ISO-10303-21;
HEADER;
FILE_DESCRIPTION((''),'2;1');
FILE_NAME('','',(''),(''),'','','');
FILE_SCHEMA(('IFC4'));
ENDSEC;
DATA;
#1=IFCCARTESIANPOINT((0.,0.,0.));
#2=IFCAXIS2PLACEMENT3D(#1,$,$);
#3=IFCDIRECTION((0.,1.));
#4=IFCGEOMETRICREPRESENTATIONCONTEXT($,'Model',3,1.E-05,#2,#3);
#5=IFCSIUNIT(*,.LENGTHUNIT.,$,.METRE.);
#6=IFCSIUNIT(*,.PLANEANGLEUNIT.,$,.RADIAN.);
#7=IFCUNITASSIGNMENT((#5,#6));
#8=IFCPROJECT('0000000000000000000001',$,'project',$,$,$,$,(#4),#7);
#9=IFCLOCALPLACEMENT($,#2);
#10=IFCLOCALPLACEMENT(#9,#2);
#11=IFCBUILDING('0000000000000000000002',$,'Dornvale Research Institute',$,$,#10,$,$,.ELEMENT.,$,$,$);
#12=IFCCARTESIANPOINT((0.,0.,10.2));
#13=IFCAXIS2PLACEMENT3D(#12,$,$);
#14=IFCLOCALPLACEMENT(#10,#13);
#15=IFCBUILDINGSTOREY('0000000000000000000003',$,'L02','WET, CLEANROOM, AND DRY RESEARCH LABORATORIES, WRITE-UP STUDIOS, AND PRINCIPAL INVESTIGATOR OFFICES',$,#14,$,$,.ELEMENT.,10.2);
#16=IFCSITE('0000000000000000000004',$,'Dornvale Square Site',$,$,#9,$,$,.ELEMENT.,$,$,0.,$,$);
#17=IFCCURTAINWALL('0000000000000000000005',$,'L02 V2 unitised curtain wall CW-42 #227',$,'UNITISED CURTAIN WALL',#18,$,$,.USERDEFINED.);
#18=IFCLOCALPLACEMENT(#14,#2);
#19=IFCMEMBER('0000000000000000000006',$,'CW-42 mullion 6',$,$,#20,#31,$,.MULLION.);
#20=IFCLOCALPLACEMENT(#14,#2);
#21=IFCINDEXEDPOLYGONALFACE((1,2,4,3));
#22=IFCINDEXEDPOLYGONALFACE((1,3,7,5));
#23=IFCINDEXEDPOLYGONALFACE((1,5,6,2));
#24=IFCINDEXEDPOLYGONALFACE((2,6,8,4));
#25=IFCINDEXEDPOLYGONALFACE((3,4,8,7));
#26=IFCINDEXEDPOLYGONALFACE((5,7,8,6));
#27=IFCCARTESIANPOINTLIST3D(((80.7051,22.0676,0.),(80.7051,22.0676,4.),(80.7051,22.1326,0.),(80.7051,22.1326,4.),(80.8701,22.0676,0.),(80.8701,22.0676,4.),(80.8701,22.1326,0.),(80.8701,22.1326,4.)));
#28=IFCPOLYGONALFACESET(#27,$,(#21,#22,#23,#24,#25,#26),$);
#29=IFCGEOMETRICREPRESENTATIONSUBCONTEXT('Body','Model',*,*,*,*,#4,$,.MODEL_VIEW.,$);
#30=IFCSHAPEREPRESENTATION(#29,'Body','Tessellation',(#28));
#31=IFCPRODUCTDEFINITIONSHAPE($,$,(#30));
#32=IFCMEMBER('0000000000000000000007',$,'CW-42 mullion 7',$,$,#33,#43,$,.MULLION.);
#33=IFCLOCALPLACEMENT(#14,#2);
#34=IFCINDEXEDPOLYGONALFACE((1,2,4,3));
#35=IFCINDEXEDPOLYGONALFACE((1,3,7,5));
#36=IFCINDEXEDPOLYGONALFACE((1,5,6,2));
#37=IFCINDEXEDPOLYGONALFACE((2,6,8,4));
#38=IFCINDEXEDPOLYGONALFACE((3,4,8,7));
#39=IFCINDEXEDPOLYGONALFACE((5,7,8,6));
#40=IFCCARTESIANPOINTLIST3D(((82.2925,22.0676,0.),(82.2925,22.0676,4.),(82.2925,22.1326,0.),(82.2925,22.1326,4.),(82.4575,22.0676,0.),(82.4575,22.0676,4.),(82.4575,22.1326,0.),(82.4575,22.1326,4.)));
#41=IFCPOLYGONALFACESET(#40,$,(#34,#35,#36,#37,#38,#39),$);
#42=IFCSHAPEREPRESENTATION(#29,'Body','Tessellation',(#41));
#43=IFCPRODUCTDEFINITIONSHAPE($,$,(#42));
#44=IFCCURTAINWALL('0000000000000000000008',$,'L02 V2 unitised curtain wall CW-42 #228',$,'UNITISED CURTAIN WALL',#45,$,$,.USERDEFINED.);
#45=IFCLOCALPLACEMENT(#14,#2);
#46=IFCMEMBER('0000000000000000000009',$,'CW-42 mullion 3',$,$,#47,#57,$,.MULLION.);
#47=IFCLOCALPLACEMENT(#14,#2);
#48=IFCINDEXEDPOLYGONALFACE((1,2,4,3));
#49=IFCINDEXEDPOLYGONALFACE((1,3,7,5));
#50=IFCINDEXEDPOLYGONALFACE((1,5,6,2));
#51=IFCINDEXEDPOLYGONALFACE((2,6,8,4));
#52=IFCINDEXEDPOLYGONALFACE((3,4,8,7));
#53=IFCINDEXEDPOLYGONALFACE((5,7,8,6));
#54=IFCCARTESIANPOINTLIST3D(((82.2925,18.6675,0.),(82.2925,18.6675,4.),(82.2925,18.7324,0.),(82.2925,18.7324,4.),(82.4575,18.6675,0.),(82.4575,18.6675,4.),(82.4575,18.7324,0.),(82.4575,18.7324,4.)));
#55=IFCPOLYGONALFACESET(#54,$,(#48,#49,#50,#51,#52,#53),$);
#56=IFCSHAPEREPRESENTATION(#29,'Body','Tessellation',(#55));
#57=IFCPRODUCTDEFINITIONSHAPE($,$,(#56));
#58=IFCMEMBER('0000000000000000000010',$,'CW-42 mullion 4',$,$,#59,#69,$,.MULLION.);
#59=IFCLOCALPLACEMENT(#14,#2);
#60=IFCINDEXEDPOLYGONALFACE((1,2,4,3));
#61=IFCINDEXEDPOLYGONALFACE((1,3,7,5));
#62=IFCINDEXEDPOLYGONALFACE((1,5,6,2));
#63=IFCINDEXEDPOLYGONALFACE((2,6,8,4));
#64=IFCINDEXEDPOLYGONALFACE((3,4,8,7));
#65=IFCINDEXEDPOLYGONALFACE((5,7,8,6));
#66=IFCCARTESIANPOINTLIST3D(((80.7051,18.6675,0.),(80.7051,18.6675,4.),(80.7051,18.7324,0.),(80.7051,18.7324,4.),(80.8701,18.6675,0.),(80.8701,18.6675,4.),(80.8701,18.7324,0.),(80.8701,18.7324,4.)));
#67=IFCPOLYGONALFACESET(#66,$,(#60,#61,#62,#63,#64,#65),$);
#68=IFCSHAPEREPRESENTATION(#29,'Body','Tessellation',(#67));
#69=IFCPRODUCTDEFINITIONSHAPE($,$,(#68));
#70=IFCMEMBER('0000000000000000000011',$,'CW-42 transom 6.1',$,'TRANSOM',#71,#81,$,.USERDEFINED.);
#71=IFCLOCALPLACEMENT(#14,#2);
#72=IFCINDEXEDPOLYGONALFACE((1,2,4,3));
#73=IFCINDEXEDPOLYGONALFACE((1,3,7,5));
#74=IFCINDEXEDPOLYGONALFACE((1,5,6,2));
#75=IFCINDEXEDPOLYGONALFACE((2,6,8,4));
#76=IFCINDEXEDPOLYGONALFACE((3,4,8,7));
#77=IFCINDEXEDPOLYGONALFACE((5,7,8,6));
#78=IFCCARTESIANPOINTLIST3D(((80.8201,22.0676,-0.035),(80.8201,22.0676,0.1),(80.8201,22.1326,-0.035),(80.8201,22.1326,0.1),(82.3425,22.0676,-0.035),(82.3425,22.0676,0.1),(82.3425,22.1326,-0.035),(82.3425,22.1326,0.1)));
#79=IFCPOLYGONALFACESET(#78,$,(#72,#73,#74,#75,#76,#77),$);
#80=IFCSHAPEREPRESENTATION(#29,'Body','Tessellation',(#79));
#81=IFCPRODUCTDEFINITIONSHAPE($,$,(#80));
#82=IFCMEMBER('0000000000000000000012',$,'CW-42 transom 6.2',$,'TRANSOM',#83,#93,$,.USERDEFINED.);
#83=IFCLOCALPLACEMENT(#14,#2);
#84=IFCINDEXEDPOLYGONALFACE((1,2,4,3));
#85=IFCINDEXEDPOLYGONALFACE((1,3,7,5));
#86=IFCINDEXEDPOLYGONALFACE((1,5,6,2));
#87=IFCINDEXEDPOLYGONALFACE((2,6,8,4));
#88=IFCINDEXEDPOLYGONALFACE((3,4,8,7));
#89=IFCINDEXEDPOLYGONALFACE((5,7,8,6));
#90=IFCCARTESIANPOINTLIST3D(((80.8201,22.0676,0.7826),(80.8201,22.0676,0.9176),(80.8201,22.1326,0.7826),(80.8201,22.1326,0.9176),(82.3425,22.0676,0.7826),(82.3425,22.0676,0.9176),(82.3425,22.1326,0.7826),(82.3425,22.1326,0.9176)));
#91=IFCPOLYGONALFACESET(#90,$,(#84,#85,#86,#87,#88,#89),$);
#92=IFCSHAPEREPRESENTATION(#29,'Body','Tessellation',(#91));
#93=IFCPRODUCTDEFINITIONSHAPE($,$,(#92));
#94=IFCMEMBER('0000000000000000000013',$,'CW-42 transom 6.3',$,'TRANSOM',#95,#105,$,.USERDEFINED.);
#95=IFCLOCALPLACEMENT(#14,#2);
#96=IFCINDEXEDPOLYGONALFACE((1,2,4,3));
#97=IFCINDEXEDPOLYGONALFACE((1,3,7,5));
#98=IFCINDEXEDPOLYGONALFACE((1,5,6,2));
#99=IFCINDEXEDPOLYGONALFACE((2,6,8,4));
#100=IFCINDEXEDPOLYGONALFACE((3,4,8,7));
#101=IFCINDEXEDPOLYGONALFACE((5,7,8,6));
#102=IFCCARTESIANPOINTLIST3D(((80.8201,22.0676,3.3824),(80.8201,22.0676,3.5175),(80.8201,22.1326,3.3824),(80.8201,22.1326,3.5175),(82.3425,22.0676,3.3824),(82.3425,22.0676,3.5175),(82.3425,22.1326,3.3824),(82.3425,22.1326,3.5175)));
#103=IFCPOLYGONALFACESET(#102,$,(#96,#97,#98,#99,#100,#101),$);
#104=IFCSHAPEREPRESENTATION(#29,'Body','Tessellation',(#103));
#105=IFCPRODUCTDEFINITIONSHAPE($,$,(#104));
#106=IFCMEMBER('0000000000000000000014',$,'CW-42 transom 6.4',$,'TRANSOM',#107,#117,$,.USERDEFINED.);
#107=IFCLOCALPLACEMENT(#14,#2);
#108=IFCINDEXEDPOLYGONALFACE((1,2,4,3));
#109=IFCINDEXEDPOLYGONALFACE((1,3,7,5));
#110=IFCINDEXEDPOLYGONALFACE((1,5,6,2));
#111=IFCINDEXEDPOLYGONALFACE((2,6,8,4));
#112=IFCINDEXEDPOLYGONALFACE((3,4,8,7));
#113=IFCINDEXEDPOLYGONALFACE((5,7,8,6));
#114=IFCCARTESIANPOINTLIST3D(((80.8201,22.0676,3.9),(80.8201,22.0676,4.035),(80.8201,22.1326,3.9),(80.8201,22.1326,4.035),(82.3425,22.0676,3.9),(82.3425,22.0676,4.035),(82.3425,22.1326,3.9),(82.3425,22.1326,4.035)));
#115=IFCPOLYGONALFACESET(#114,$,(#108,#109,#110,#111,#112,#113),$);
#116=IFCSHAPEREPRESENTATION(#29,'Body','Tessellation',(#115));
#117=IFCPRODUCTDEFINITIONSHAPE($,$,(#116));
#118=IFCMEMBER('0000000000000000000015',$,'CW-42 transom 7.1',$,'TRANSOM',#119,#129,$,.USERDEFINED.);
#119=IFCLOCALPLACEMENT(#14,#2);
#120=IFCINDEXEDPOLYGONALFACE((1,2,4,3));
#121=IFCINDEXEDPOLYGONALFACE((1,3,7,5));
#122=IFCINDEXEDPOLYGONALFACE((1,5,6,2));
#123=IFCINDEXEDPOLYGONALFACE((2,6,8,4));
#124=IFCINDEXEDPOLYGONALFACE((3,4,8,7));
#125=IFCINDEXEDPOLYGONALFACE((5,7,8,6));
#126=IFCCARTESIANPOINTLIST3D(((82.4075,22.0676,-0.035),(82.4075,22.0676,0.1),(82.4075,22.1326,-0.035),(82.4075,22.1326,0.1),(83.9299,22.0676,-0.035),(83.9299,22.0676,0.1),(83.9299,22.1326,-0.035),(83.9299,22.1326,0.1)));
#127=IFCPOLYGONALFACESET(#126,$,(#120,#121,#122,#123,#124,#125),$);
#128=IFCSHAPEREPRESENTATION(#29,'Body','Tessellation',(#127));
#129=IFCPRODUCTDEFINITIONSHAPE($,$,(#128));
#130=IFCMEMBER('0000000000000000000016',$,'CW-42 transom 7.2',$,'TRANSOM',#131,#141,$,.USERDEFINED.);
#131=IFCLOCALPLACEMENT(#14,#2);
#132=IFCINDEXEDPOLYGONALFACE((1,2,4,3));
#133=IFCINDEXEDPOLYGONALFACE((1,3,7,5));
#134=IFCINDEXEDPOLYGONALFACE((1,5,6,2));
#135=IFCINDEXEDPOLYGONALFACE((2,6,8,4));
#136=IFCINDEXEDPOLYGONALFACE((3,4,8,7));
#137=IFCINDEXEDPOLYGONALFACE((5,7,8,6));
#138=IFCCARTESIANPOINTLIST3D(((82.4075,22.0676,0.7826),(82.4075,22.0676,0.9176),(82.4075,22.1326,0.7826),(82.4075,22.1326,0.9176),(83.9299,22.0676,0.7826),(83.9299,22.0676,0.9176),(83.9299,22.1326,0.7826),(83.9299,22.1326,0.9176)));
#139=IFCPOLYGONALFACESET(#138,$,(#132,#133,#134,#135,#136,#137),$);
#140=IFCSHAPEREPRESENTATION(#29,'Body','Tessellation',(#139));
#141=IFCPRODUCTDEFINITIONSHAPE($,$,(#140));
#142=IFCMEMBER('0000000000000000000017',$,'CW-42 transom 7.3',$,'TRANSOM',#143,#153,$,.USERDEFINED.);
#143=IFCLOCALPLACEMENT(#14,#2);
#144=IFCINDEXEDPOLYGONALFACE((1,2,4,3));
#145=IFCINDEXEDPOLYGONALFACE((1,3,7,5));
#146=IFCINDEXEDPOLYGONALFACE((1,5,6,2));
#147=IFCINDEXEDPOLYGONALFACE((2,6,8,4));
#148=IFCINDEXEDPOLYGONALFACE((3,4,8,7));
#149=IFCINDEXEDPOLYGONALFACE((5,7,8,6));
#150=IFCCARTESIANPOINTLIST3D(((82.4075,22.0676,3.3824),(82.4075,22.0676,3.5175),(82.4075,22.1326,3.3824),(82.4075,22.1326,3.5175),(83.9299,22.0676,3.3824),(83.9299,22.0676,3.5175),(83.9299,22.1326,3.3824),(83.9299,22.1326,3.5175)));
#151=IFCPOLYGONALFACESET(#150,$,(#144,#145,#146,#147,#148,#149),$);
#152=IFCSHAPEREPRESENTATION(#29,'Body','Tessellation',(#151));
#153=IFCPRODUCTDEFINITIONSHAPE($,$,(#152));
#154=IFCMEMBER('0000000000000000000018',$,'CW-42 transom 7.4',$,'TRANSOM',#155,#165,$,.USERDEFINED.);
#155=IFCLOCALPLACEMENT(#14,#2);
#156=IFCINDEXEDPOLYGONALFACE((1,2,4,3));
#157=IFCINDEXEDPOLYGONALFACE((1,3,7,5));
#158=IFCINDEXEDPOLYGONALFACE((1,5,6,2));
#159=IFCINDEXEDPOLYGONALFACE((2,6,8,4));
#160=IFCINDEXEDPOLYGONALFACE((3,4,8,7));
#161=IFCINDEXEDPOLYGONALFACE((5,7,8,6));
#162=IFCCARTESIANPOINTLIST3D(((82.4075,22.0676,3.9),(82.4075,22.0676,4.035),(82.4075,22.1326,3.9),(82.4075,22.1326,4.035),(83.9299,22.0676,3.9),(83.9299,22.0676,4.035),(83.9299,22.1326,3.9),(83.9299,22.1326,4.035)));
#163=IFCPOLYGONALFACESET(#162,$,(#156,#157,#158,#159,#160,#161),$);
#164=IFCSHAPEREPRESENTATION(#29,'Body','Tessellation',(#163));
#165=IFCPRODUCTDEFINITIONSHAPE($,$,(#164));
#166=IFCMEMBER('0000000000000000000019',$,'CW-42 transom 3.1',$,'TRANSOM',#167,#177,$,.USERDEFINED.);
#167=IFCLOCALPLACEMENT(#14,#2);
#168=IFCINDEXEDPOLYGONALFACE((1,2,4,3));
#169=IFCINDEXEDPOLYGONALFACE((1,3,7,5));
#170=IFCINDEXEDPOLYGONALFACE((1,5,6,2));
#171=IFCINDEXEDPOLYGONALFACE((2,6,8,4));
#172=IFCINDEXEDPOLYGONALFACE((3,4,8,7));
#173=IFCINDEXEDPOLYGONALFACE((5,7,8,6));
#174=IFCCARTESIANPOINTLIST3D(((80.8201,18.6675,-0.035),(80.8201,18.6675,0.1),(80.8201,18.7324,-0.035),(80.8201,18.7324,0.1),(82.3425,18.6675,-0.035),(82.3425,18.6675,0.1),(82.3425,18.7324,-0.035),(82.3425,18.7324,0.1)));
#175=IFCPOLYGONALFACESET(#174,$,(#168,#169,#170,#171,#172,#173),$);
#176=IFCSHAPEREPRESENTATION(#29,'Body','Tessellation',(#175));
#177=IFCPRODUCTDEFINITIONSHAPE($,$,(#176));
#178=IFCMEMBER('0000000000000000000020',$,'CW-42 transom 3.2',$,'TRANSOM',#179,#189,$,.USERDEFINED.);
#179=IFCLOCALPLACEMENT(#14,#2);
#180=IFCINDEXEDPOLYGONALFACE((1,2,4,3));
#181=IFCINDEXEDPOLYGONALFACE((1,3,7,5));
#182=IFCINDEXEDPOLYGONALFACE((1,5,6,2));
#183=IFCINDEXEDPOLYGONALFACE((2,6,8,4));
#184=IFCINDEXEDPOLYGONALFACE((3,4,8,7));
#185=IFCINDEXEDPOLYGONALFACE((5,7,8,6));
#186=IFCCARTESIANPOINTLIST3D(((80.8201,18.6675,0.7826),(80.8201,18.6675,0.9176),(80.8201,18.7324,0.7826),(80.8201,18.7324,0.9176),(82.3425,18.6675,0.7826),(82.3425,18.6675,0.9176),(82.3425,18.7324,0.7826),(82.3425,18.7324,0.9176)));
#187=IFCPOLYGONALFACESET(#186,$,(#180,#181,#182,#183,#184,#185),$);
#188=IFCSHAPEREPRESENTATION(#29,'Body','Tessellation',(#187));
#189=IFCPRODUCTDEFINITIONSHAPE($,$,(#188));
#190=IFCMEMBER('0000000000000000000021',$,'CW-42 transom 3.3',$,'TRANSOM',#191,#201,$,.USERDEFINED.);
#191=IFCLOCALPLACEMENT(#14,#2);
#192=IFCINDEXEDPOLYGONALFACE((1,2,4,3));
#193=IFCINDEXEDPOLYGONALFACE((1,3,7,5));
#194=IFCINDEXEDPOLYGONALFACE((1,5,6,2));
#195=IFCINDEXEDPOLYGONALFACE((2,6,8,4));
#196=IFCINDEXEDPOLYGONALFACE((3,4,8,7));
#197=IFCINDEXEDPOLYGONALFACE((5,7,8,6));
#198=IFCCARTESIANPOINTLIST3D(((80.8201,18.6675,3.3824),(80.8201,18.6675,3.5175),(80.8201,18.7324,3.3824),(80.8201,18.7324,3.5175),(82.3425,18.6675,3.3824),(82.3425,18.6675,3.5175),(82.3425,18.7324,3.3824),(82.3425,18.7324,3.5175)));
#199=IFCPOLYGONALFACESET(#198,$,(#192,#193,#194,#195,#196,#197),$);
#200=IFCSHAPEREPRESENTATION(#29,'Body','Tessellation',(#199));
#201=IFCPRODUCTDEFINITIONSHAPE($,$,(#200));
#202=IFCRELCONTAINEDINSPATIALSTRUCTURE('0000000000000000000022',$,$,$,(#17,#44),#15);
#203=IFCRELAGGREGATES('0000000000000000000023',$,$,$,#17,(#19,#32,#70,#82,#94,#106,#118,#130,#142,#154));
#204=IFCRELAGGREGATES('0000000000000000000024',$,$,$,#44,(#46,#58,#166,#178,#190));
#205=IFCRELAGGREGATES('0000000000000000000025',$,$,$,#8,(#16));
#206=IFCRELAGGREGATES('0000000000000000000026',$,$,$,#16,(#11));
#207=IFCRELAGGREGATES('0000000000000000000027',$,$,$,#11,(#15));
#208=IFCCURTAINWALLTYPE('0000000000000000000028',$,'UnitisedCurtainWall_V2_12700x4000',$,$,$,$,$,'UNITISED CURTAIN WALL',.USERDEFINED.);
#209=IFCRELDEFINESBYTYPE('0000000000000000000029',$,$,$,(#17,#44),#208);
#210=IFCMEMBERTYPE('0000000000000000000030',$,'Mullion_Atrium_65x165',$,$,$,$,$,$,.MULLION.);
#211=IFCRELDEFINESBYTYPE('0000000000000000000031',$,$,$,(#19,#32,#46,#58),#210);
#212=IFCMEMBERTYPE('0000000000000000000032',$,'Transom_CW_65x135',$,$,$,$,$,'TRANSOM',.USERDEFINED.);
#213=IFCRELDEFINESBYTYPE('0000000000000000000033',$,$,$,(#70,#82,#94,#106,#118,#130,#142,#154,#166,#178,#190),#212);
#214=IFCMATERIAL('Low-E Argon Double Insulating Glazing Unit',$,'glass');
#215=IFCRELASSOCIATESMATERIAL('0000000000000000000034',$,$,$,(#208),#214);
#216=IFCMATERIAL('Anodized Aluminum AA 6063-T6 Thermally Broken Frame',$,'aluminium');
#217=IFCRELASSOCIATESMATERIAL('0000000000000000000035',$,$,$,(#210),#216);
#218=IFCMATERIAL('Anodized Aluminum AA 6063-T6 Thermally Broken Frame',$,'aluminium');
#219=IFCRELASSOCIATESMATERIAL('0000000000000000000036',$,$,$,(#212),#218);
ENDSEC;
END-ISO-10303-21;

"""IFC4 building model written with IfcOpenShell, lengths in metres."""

from ifc_helpers import new_model, si_unit, direction, frame, origin, origin_2d, place, context, subcontext, project, spatial, rectangle, extrude, material, material_profile, profile_set, type_object, element, aggregate, save


model = new_model("IFC4")

# Units and contexts
model_context = context("Model", 3, precision=1e-05, world=origin(), true_north=direction((0.0, 1.0)))
body_context = subcontext(model_context, "Body", "Model", "MODEL_VIEW")
ifc_project = project(units=[si_unit("LENGTHUNIT", "METRE"), si_unit("PLANEANGLEUNIT", "RADIAN")], contexts=[model_context])

# Site, building, storey
site_placement = place(None, origin())
site = spatial("IfcSite", under=ifc_project, at=site_placement, Name="Dornvale Square Site", CompositionType="ELEMENT", RefElevation=0.0)
building_placement = place(site_placement, origin())
building = spatial("IfcBuilding", under=site, at=building_placement, Name="Dornvale Research Institute", CompositionType="ELEMENT")
storey_placement = place(building_placement, frame((0.0, 0.0, 10.2)))
storey = spatial("IfcBuildingStorey", under=building, at=storey_placement, Name="L02", Description="WET, CLEANROOM, AND DRY RESEARCH LABORATORIES, WRITE-UP STUDIOS, AND PRINCIPAL INVESTIGATOR OFFICES", CompositionType="ELEMENT", Elevation=10.2)

# Curtain walls, members
ifc_material_1 = material(Name="Low-E Argon Double Insulating Glazing Unit", Category="glass")
curtain_wall_type = type_object("IfcCurtainWallType", Name="UnitisedCurtainWall_V2_12700x4000", ElementType="UNITISED CURTAIN WALL", PredefinedType="USERDEFINED", material=ifc_material_1)
curtain_wall_1_placement = place(storey_placement, origin())
curtain_wall_1 = element("IfcCurtainWall", 1, at=curtain_wall_1_placement, inside=storey, type_object=curtain_wall_type, Name="L02 V2 unitised curtain wall CW-42 #227", ObjectType="UNITISED CURTAIN WALL", PredefinedType="USERDEFINED")
ifc_material_2 = material(Name="Anodized Aluminum AA 6063-T6 Thermally Broken Frame", Category="aluminium")
ifc_material_profile_1 = material_profile(ifc_material_2, rectangle(XDim=0.0649, YDim=0.165, at=origin_2d()), Name="ALU MULLION 65x165")
ifc_profile_set_1 = profile_set([ifc_material_profile_1], Name="Anodized Aluminum AA 6063-T6 Thermally Broken Frame")
member_type_1 = type_object("IfcMemberType", Name="Mullion_Atrium_65x165", PredefinedType="MULLION", material=ifc_profile_set_1)
member_1_placement = place(storey_placement, frame((80.7876, 22.1001, 0.0), z_axis=(0.0, 0.0, 1.0), x_axis=(0.0, 1.0, 0.0)))
member_1 = element("IfcMember", 2, at=member_1_placement, type_object=member_type_1, Name="CW-42 mullion 6", PredefinedType="MULLION", context=body_context, shape_type="SweptSolid", body=[
    extrude(rectangle(XDim=0.0649, YDim=0.165, at=origin_2d()), origin(), (0.0, 0.0, 1.0), 4.0),
])
member_2_placement = place(storey_placement, frame((82.375, 22.1001, 0.0), z_axis=(0.0, 0.0, 1.0), x_axis=(0.0, 1.0, 0.0)))
member_2 = element("IfcMember", 3, at=member_2_placement, type_object=member_type_1, Name="CW-42 mullion 7", PredefinedType="MULLION", context=body_context, shape_type="SweptSolid", body=[
    extrude(rectangle(XDim=0.0649, YDim=0.165, at=origin_2d()), origin(), (0.0, 0.0, 1.0), 4.0),
])
curtain_wall_2_placement = place(storey_placement, origin())
curtain_wall_2 = element("IfcCurtainWall", 4, at=curtain_wall_2_placement, inside=storey, type_object=curtain_wall_type, Name="L02 V2 unitised curtain wall CW-42 #228", ObjectType="UNITISED CURTAIN WALL", PredefinedType="USERDEFINED")
member_3_placement = place(storey_placement, frame((82.375, 18.7, 0.0), z_axis=(0.0, 0.0, 1.0), x_axis=(0.0, -1.0, 0.0)))
member_3 = element("IfcMember", 5, at=member_3_placement, type_object=member_type_1, Name="CW-42 mullion 3", PredefinedType="MULLION", context=body_context, shape_type="SweptSolid", body=[
    extrude(rectangle(XDim=0.0649, YDim=0.165, at=origin_2d()), origin(), (0.0, 0.0, 1.0), 4.0),
])
member_4_placement = place(storey_placement, frame((80.7876, 18.7, 0.0), z_axis=(0.0, 0.0, 1.0), x_axis=(0.0, -1.0, 0.0)))
member_4 = element("IfcMember", 6, at=member_4_placement, type_object=member_type_1, Name="CW-42 mullion 4", PredefinedType="MULLION", context=body_context, shape_type="SweptSolid", body=[
    extrude(rectangle(XDim=0.0649, YDim=0.165, at=origin_2d()), origin(), (0.0, 0.0, 1.0), 4.0),
])

# Members
ifc_material_3 = material(Name="Anodized Aluminum AA 6063-T6 Thermally Broken Frame", Category="aluminium")
ifc_material_profile_2 = material_profile(ifc_material_3, rectangle(XDim=0.0649, YDim=0.135, at=origin_2d()), Name="ALU TRANSOM 65x135")
ifc_profile_set_2 = profile_set([ifc_material_profile_2], Name="Anodized Aluminum AA 6063-T6 Thermally Broken Frame")
member_type_2 = type_object("IfcMemberType", Name="Transom_CW_65x135", ElementType="TRANSOM", PredefinedType="USERDEFINED", material=ifc_profile_set_2)
member_5_placement = place(storey_placement, frame((80.8201, 22.1001, 0.0325), z_axis=(1.0, 0.0, 0.0), x_axis=(0.0, 1.0, 0.0)))
member_5 = element("IfcMember", 7, at=member_5_placement, type_object=member_type_2, Name="CW-42 transom 6.1", ObjectType="TRANSOM", PredefinedType="USERDEFINED", context=body_context, shape_type="SweptSolid", body=[
    extrude(rectangle(XDim=0.0649, YDim=0.135, at=origin_2d()), origin(), (0.0, 0.0, 1.0), 1.5225),
])
member_6_placement = place(storey_placement, frame((80.8201, 22.1001, 0.8501), z_axis=(1.0, 0.0, 0.0), x_axis=(0.0, 1.0, 0.0)))
member_6 = element("IfcMember", 8, at=member_6_placement, type_object=member_type_2, Name="CW-42 transom 6.2", ObjectType="TRANSOM", PredefinedType="USERDEFINED", context=body_context, shape_type="SweptSolid", body=[
    extrude(rectangle(XDim=0.0649, YDim=0.135, at=origin_2d()), origin(), (0.0, 0.0, 1.0), 1.5225),
])
member_7_placement = place(storey_placement, frame((80.8201, 22.1001, 3.45), z_axis=(1.0, 0.0, 0.0), x_axis=(0.0, 1.0, 0.0)))
member_7 = element("IfcMember", 9, at=member_7_placement, type_object=member_type_2, Name="CW-42 transom 6.3", ObjectType="TRANSOM", PredefinedType="USERDEFINED", context=body_context, shape_type="SweptSolid", body=[
    extrude(rectangle(XDim=0.0649, YDim=0.135, at=origin_2d()), origin(), (0.0, 0.0, 1.0), 1.5225),
])
member_8_placement = place(storey_placement, frame((80.8201, 22.1001, 3.9675), z_axis=(1.0, 0.0, 0.0), x_axis=(0.0, 1.0, 0.0)))
member_8 = element("IfcMember", 10, at=member_8_placement, type_object=member_type_2, Name="CW-42 transom 6.4", ObjectType="TRANSOM", PredefinedType="USERDEFINED", context=body_context, shape_type="SweptSolid", body=[
    extrude(rectangle(XDim=0.0649, YDim=0.135, at=origin_2d()), origin(), (0.0, 0.0, 1.0), 1.5225),
])
member_9_placement = place(storey_placement, frame((82.4075, 22.1001, 0.0325), z_axis=(1.0, 0.0, 0.0), x_axis=(0.0, 1.0, 0.0)))
member_9 = element("IfcMember", 11, at=member_9_placement, type_object=member_type_2, Name="CW-42 transom 7.1", ObjectType="TRANSOM", PredefinedType="USERDEFINED", context=body_context, shape_type="SweptSolid", body=[
    extrude(rectangle(XDim=0.0649, YDim=0.135, at=origin_2d()), origin(), (0.0, 0.0, 1.0), 1.5225),
])
member_10_placement = place(storey_placement, frame((82.4075, 22.1001, 0.8501), z_axis=(1.0, 0.0, 0.0), x_axis=(0.0, 1.0, 0.0)))
member_10 = element("IfcMember", 12, at=member_10_placement, type_object=member_type_2, Name="CW-42 transom 7.2", ObjectType="TRANSOM", PredefinedType="USERDEFINED", context=body_context, shape_type="SweptSolid", body=[
    extrude(rectangle(XDim=0.0649, YDim=0.135, at=origin_2d()), origin(), (0.0, 0.0, 1.0), 1.5225),
])
member_11_placement = place(storey_placement, frame((82.4075, 22.1001, 3.45), z_axis=(1.0, 0.0, 0.0), x_axis=(0.0, 1.0, 0.0)))
member_11 = element("IfcMember", 13, at=member_11_placement, type_object=member_type_2, Name="CW-42 transom 7.3", ObjectType="TRANSOM", PredefinedType="USERDEFINED", context=body_context, shape_type="SweptSolid", body=[
    extrude(rectangle(XDim=0.0649, YDim=0.135, at=origin_2d()), origin(), (0.0, 0.0, 1.0), 1.5225),
])
member_12_placement = place(storey_placement, frame((82.4075, 22.1001, 3.9675), z_axis=(1.0, 0.0, 0.0), x_axis=(0.0, 1.0, 0.0)))
member_12 = element("IfcMember", 14, at=member_12_placement, type_object=member_type_2, Name="CW-42 transom 7.4", ObjectType="TRANSOM", PredefinedType="USERDEFINED", context=body_context, shape_type="SweptSolid", body=[
    extrude(rectangle(XDim=0.0649, YDim=0.135, at=origin_2d()), origin(), (0.0, 0.0, 1.0), 1.5225),
])
member_13_placement = place(storey_placement, frame((82.3425, 18.7, 0.0325), z_axis=(-1.0, 0.0, 0.0), x_axis=(0.0, -1.0, 0.0)))
member_13 = element("IfcMember", 15, at=member_13_placement, type_object=member_type_2, Name="CW-42 transom 3.1", ObjectType="TRANSOM", PredefinedType="USERDEFINED", context=body_context, shape_type="SweptSolid", body=[
    extrude(rectangle(XDim=0.0649, YDim=0.135, at=origin_2d()), origin(), (0.0, 0.0, 1.0), 1.5225),
])
member_14_placement = place(storey_placement, frame((82.3425, 18.7, 0.8501), z_axis=(-1.0, 0.0, 0.0), x_axis=(0.0, -1.0, 0.0)))
member_14 = element("IfcMember", 16, at=member_14_placement, type_object=member_type_2, Name="CW-42 transom 3.2", ObjectType="TRANSOM", PredefinedType="USERDEFINED", context=body_context, shape_type="SweptSolid", body=[
    extrude(rectangle(XDim=0.0649, YDim=0.135, at=origin_2d()), origin(), (0.0, 0.0, 1.0), 1.5225),
])
member_15_placement = place(storey_placement, frame((82.3425, 18.7, 3.45), z_axis=(-1.0, 0.0, 0.0), x_axis=(0.0, -1.0, 0.0)))
member_15 = element("IfcMember", 17, at=member_15_placement, type_object=member_type_2, Name="CW-42 transom 3.3", ObjectType="TRANSOM", PredefinedType="USERDEFINED", context=body_context, shape_type="SweptSolid", body=[
    extrude(rectangle(XDim=0.0649, YDim=0.135, at=origin_2d()), origin(), (0.0, 0.0, 1.0), 1.5225),
])

aggregate(curtain_wall_1, [member_1, member_2, member_5, member_6, member_7, member_8, member_9, member_10, member_11, member_12])
aggregate(curtain_wall_2, [member_3, member_4, member_13, member_14, member_15])

save(model, "model.ifc")
